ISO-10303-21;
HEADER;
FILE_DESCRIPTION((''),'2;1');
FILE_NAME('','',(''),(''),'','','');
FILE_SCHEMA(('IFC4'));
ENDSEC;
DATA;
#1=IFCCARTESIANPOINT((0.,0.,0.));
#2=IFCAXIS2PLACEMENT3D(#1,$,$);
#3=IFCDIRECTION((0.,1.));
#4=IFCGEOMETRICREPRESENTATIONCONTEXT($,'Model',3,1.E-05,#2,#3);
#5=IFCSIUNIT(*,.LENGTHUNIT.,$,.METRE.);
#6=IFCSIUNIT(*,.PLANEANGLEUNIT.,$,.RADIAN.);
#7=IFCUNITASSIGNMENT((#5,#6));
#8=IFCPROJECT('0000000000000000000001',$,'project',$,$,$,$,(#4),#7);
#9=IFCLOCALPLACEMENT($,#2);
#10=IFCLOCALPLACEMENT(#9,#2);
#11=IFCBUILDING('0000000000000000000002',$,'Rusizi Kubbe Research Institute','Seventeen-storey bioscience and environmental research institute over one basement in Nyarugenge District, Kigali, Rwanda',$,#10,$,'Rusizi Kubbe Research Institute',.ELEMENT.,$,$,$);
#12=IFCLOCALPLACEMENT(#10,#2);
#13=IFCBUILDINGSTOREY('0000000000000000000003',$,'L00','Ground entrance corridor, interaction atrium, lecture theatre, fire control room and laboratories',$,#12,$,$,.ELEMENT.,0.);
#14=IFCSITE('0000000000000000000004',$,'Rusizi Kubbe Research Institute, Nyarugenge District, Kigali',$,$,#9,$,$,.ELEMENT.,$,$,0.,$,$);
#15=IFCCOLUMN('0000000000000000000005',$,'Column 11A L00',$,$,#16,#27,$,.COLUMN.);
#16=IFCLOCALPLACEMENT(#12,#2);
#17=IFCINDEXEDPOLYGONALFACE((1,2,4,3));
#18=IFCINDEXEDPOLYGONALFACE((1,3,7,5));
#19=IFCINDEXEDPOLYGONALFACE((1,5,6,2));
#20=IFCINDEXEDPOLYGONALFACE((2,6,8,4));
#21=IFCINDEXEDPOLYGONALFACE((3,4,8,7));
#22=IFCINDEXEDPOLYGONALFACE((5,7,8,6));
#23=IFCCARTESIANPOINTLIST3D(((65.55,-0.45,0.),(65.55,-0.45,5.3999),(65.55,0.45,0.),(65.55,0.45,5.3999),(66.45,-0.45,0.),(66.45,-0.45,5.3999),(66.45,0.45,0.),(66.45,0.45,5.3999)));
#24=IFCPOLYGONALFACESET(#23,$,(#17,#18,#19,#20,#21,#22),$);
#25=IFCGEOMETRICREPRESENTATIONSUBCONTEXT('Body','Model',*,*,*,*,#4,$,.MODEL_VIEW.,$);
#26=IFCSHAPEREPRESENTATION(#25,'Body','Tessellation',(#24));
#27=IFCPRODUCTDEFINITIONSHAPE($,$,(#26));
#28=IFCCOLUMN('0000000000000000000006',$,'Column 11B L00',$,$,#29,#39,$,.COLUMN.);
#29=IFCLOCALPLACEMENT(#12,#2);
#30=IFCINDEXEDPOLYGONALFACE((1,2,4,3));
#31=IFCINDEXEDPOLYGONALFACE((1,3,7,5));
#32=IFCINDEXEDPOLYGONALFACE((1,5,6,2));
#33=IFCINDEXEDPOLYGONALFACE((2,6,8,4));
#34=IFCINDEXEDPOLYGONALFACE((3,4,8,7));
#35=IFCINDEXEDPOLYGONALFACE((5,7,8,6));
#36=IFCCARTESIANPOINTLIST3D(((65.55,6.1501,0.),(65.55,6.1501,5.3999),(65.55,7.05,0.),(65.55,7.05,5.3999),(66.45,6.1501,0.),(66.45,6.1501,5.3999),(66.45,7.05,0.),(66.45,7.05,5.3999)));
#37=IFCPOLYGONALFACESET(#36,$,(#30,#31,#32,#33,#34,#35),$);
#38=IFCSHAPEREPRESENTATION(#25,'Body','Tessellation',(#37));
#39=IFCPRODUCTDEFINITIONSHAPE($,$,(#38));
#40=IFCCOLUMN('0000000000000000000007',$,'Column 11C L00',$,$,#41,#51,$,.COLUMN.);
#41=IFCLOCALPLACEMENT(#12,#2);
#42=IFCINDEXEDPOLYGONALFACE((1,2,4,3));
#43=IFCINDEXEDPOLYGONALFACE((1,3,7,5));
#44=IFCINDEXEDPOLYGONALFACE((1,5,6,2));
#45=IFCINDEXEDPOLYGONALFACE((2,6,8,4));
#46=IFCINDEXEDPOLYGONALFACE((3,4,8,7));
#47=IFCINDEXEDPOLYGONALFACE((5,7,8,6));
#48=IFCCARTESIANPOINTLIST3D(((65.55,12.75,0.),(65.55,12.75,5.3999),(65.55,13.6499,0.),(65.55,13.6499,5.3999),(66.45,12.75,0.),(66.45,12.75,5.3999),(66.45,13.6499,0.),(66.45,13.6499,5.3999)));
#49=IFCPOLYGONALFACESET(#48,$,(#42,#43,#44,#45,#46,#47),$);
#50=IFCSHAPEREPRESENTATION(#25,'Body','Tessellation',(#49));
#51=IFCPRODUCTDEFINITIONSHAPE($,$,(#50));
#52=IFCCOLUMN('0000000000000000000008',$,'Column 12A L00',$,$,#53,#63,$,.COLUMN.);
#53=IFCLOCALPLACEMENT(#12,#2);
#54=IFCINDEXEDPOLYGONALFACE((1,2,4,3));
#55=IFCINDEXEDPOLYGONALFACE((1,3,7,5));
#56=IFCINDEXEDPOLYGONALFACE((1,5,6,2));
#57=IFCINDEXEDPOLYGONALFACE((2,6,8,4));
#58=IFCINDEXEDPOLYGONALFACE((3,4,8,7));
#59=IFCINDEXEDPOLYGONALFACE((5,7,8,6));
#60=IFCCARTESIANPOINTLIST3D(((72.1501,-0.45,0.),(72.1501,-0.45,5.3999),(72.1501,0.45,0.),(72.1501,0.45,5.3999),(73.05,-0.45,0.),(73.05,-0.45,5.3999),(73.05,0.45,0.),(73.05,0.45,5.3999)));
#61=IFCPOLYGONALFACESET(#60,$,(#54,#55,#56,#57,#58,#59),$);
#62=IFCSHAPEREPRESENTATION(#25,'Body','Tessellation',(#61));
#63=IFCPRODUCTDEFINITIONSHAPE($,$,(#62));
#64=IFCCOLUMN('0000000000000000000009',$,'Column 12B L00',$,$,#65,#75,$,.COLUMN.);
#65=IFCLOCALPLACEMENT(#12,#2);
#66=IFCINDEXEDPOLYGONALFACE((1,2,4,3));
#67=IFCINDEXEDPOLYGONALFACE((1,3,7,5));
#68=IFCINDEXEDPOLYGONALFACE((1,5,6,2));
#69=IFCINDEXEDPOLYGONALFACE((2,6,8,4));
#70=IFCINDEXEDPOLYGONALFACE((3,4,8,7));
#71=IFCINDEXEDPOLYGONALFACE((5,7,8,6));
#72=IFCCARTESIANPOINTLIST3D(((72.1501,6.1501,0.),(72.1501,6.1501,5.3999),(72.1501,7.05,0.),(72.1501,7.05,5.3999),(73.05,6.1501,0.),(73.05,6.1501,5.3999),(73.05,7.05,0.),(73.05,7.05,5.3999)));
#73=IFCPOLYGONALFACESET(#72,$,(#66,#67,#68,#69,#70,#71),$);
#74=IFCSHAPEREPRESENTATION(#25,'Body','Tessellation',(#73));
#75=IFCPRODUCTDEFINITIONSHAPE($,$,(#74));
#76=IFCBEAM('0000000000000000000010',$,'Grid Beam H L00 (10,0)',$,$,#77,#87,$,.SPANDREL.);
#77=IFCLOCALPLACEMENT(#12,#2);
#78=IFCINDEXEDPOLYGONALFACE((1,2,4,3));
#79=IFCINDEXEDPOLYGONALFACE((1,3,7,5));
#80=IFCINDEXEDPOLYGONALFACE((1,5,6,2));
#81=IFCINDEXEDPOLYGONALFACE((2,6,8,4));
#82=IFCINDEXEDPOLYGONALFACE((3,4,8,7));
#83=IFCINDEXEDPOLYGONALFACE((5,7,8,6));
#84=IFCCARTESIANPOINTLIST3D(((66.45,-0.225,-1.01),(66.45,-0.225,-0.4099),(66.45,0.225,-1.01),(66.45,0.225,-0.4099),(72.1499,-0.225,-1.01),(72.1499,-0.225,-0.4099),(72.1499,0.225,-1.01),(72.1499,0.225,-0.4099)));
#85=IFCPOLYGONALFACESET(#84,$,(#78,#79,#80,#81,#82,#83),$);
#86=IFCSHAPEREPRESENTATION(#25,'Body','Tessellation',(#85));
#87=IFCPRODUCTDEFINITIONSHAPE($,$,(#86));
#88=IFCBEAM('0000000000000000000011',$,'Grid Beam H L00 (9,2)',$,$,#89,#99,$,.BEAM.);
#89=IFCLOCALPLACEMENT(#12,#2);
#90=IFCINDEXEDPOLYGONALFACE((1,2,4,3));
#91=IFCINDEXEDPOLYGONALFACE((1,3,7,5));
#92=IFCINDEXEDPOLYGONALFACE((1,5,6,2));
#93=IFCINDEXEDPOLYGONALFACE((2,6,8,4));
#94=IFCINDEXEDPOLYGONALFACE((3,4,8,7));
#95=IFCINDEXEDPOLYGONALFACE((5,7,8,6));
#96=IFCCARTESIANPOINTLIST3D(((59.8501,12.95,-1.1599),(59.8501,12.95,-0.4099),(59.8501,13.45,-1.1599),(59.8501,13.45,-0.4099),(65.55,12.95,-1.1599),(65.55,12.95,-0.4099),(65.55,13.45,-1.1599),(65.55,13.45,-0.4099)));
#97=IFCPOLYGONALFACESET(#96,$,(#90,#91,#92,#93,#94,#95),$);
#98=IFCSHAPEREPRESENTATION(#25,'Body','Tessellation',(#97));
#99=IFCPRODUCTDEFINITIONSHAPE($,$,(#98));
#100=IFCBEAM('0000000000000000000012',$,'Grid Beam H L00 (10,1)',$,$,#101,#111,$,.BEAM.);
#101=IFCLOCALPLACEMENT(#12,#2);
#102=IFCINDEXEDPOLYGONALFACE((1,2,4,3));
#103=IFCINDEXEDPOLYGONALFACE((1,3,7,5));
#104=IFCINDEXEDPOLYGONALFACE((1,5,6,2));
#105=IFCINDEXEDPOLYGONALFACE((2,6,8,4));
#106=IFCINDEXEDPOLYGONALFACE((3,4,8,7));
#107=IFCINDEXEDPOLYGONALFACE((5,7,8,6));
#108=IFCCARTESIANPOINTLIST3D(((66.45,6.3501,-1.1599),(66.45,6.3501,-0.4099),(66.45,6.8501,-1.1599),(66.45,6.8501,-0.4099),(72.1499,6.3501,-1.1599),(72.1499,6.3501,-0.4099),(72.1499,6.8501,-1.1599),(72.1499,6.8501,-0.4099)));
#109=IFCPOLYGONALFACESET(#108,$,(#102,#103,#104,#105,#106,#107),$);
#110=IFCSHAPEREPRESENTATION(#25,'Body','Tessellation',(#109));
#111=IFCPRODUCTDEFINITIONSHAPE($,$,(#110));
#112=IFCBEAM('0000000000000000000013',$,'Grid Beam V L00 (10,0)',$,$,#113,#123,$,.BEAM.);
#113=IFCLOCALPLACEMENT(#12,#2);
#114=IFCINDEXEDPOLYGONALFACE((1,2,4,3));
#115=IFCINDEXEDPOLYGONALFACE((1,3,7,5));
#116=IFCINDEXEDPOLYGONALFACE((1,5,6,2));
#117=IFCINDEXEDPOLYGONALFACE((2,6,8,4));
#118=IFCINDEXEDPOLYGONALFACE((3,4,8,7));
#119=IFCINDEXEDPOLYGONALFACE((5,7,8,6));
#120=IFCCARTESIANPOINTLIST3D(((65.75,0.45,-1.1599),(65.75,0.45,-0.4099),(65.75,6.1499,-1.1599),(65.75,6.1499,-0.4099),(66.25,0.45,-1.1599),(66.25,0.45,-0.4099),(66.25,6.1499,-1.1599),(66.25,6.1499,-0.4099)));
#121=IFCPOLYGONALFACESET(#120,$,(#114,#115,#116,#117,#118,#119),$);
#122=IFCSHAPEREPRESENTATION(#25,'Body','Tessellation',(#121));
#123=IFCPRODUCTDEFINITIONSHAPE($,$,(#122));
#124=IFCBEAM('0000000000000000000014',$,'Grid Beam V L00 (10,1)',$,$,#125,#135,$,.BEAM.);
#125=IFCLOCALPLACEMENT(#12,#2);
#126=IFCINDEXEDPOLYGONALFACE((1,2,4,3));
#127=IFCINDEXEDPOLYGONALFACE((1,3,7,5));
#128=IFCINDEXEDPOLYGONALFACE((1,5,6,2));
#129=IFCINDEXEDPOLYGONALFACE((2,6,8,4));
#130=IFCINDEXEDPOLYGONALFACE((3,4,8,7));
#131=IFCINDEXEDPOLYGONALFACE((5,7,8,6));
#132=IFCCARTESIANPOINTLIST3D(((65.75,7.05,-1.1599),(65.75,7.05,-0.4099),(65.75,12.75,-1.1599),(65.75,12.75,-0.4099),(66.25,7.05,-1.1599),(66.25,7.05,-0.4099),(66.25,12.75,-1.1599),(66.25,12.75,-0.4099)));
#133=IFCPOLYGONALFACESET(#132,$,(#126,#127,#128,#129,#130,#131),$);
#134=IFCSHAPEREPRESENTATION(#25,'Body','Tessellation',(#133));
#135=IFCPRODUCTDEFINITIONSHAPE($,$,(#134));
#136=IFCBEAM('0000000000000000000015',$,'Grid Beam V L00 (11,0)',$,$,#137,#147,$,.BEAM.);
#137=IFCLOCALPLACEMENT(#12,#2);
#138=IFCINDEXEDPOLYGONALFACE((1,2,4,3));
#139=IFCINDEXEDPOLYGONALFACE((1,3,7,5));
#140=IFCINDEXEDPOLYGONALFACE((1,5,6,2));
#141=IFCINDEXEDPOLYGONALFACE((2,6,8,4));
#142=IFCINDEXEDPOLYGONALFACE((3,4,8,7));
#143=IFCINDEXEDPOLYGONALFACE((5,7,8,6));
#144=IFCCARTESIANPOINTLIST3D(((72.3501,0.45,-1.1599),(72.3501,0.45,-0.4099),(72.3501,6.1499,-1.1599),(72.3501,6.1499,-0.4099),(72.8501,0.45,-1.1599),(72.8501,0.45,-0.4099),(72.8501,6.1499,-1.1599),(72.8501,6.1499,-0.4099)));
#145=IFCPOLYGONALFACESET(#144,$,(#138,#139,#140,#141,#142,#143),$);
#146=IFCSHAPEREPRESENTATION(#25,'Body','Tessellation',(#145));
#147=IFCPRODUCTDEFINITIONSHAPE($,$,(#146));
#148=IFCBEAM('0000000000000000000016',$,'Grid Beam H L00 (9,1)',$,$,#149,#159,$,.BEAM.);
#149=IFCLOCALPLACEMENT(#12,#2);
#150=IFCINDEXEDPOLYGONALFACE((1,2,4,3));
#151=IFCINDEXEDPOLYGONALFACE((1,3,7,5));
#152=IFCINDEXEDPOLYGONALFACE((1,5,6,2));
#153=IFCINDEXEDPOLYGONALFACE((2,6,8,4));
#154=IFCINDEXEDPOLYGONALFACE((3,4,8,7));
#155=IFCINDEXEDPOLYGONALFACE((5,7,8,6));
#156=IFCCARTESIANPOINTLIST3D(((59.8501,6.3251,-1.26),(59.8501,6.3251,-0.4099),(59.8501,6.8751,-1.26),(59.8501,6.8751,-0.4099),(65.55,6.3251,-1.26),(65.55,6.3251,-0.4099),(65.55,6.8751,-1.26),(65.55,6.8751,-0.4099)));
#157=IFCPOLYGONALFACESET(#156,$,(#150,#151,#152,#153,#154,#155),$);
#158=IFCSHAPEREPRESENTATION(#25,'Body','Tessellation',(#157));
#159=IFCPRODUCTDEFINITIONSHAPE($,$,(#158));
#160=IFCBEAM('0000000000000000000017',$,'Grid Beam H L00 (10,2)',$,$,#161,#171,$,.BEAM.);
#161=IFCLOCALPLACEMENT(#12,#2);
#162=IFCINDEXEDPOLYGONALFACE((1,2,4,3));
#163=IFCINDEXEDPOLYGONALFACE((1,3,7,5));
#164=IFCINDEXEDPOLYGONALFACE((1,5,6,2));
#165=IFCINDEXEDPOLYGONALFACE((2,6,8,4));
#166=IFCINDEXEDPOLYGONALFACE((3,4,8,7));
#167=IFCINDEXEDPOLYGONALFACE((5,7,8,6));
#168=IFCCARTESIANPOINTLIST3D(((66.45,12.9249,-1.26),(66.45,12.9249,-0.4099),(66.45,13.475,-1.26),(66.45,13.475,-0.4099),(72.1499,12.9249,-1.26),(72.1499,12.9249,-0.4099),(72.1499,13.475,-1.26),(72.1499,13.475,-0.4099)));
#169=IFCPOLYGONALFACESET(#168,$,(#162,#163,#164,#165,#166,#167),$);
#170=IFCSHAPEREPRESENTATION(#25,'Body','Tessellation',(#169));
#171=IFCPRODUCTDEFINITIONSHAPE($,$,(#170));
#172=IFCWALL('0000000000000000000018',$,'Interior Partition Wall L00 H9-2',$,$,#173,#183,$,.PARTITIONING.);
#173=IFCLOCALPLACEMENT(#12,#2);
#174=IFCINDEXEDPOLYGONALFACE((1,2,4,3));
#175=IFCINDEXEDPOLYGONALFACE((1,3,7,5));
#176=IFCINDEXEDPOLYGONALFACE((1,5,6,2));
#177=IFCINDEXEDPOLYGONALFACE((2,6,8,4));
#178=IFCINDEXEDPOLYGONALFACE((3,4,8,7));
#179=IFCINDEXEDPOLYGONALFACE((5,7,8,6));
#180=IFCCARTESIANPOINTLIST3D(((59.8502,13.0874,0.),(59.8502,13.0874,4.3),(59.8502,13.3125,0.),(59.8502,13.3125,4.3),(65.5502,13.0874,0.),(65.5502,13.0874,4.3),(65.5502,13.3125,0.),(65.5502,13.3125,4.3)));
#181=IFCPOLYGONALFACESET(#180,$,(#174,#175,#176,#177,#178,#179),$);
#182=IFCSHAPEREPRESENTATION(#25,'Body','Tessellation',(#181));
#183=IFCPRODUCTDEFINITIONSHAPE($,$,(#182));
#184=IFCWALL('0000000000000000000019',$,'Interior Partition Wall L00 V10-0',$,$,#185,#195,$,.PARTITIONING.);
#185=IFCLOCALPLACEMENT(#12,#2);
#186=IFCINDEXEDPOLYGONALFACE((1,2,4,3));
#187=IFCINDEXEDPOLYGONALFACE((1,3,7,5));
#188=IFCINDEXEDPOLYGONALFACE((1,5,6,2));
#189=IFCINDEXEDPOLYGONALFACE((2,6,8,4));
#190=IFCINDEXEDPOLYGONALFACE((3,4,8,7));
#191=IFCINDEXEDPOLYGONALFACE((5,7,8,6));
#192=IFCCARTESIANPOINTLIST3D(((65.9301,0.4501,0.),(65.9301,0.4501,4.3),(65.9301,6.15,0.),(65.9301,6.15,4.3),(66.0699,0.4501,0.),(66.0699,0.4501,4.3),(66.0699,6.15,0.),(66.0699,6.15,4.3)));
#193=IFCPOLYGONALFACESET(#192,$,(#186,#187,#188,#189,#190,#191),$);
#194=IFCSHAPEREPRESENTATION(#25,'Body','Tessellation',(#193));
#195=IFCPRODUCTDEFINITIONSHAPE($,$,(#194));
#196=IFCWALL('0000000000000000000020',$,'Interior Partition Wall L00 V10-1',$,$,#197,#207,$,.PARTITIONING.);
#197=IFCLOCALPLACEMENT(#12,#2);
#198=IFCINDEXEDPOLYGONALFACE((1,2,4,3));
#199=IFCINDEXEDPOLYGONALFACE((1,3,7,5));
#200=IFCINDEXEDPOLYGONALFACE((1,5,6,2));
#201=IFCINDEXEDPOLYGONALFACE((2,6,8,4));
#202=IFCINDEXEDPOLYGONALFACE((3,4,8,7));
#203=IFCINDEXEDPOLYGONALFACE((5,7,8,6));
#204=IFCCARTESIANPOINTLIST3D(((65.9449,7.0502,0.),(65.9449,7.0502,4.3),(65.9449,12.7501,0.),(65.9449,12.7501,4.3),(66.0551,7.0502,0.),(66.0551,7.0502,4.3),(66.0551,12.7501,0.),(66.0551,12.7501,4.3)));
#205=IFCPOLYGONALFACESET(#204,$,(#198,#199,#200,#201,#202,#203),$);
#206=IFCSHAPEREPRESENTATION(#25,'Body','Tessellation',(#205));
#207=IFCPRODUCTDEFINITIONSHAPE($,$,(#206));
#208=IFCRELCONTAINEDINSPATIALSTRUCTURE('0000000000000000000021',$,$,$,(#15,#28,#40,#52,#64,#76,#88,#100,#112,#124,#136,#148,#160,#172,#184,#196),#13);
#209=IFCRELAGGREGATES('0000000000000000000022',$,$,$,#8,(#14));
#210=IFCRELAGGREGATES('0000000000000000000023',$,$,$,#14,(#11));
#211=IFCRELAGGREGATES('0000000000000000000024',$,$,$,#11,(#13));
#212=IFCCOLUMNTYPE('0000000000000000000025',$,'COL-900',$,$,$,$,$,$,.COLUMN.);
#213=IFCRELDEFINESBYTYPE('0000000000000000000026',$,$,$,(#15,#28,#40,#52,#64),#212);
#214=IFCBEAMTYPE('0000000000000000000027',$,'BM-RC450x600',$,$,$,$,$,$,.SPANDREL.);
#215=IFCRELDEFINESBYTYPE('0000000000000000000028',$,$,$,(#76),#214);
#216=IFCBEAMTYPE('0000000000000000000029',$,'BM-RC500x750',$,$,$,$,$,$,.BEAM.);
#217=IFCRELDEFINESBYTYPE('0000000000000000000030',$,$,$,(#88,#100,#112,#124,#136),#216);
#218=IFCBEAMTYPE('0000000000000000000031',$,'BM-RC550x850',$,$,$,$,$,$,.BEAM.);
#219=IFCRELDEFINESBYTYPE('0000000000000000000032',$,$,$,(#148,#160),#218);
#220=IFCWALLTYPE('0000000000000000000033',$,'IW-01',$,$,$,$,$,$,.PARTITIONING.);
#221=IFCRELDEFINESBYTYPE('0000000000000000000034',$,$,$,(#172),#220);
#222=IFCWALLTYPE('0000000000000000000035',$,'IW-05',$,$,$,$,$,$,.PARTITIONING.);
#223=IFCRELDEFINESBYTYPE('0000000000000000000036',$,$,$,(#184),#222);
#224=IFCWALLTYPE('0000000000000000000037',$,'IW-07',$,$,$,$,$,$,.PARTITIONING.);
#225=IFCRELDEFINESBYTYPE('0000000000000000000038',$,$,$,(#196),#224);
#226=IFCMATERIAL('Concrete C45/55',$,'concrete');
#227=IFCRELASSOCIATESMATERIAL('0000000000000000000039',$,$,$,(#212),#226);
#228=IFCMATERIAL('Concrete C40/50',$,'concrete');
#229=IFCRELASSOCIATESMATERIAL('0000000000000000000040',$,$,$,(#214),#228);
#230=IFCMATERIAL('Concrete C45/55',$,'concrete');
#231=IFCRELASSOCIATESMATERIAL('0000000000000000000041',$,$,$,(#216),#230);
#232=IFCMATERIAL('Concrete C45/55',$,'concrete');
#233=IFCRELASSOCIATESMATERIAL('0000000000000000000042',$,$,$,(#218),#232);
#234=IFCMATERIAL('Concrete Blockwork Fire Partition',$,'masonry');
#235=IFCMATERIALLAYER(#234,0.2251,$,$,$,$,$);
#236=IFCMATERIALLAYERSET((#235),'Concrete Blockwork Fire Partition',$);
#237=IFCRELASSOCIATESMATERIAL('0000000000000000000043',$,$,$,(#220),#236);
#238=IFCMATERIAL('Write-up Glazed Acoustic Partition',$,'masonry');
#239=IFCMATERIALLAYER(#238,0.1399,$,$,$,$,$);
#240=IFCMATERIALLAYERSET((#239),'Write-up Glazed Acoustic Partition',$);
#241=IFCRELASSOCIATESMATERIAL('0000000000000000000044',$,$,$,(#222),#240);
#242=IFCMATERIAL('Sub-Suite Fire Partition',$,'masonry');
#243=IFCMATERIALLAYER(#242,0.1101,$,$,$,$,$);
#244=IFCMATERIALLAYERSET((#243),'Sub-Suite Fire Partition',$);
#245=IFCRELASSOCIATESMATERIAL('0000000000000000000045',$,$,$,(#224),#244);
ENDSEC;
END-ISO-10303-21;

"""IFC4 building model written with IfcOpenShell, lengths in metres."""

from ifc_helpers import new_model, si_unit, direction, frame, frame_2d, origin, origin_2d, place, context, subcontext, project, spatial, rectangle, extrude, material, layer, layer_set, material_profile, profile_set, type_object, element, save


model = new_model("IFC4")

# Units and contexts
model_context = context("Model", 3, precision=1e-05, world=origin(), true_north=direction((0.0, 1.0)))
body_context = subcontext(model_context, "Body", "Model", "MODEL_VIEW")
ifc_project = project(units=[si_unit("LENGTHUNIT", "METRE"), si_unit("PLANEANGLEUNIT", "RADIAN")], contexts=[model_context])

# Site, building, storey
site_placement = place(None, origin())
site = spatial("IfcSite", under=ifc_project, at=site_placement, Name="Rusizi Kubbe Research Institute, Nyarugenge District, Kigali", CompositionType="ELEMENT", RefElevation=0.0)
building_placement = place(site_placement, origin())
building = spatial("IfcBuilding", under=site, at=building_placement, Name="Rusizi Kubbe Research Institute", Description="Seventeen-storey bioscience and environmental research institute over one basement in Nyarugenge District, Kigali, Rwanda", LongName="Rusizi Kubbe Research Institute", CompositionType="ELEMENT")
storey_placement = place(building_placement, origin())
storey = spatial("IfcBuildingStorey", under=building, at=storey_placement, Name="L00", Description="Ground entrance corridor, interaction atrium, lecture theatre, fire control room and laboratories", CompositionType="ELEMENT", Elevation=0.0)

# Columns
ifc_material_1 = material(Name="Concrete C45/55", Category="concrete")
ifc_material_profile_1 = material_profile(ifc_material_1, rectangle(XDim=0.8999, YDim=0.8999, at=origin_2d()), Name="RC900x900")
ifc_profile_set_1 = profile_set([ifc_material_profile_1], Name="Concrete C45/55")
column_type = type_object("IfcColumnType", Name="COL-900", PredefinedType="COLUMN", material=ifc_profile_set_1)
for number, where, z_axis, x_axis, name in (
    (1, (66.0, 0.0, 0.0), (0.0, 0.0, 1.0), (1.0, 0.0, 0.0), "Column 11A L00"),
    (2, (66.0, 6.6001, 0.0), (0.0, 0.0, 1.0), (1.0, 0.0, 0.0), "Column 11B L00"),
    (3, (66.0, 13.2, 0.0), (0.0, 0.0, 1.0), (1.0, 0.0, 0.0), "Column 11C L00"),
    (4, (72.6001, 0.0, 0.0), (0.0, 0.0, 1.0), (1.0, 0.0, 0.0), "Column 12A L00"),
    (5, (72.6001, 6.6001, 0.0), (0.0, 0.0, 1.0), (1.0, 0.0, 0.0), "Column 12B L00"),
):
    element("IfcColumn", number, at=place(storey_placement, frame(where, z_axis=z_axis, x_axis=x_axis)), inside=storey, type_object=column_type, Name=name, PredefinedType="COLUMN", context=body_context, shape_type="SweptSolid", body=[
        extrude(rectangle(XDim=0.8999, YDim=0.8999, at=origin_2d()), origin(), (0.0, 0.0, 1.0), 5.3999),
    ])

# Beams
ifc_material_2 = material(Name="Concrete C40/50", Category="concrete")
ifc_material_profile_2 = material_profile(ifc_material_2, rectangle(XDim=0.45, YDim=0.6001, at=origin_2d()), Name="RC450x600")
ifc_profile_set_2 = profile_set([ifc_material_profile_2], Name="Concrete C40/50")
beam_type_1 = type_object("IfcBeamType", Name="BM-RC450x600", PredefinedType="SPANDREL", material=ifc_profile_set_2)
beam_placement = place(storey_placement, frame((66.45, 0.0, -0.71), z_axis=(1.0, 0.0, 0.0), x_axis=(0.0, 1.0, 0.0)))
element("IfcBeam", 6, at=beam_placement, inside=storey, type_object=beam_type_1, Name="Grid Beam H L00 (10,0)", PredefinedType="SPANDREL", context=body_context, shape_type="SweptSolid", body=[
    extrude(rectangle(XDim=0.45, YDim=0.6001, at=origin_2d()), origin(), (0.0, 0.0, 1.0), 5.7),
])
ifc_material_3 = material(Name="Concrete C45/55", Category="concrete")
ifc_material_profile_3 = material_profile(ifc_material_3, rectangle(XDim=0.5, YDim=0.75, at=origin_2d()), Name="RC500x750B")
ifc_profile_set_3 = profile_set([ifc_material_profile_3], Name="Concrete C45/55")
beam_type_2 = type_object("IfcBeamType", Name="BM-RC500x750", PredefinedType="BEAM", material=ifc_profile_set_3)
for number, where, z_axis, x_axis, name in (
    (7, (59.8501, 13.2, -0.7849), (1.0, 0.0, 0.0), (0.0, 1.0, 0.0), "Grid Beam H L00 (9,2)"),
    (8, (66.45, 6.6001, -0.7849), (1.0, 0.0, 0.0), (0.0, 1.0, 0.0), "Grid Beam H L00 (10,1)"),
    (9, (66.0, 0.45, -0.7849), (0.0, 1.0, 0.0), (-1.0, 0.0, 0.0), "Grid Beam V L00 (10,0)"),
    (10, (66.0, 7.05, -0.7849), (0.0, 1.0, 0.0), (-1.0, 0.0, 0.0), "Grid Beam V L00 (10,1)"),
    (11, (72.6001, 0.45, -0.7849), (0.0, 1.0, 0.0), (-1.0, 0.0, 0.0), "Grid Beam V L00 (11,0)"),
):
    element("IfcBeam", number, at=place(storey_placement, frame(where, z_axis=z_axis, x_axis=x_axis)), inside=storey, type_object=beam_type_2, Name=name, PredefinedType="BEAM", context=body_context, shape_type="SweptSolid", body=[
        extrude(rectangle(XDim=0.5, YDim=0.75, at=origin_2d()), origin(), (0.0, 0.0, 1.0), 5.7),
    ])
ifc_material_4 = material(Name="Concrete C45/55", Category="concrete")
ifc_material_profile_4 = material_profile(ifc_material_4, rectangle(XDim=0.55, YDim=0.8501, at=origin_2d()), Name="RC550x850")
ifc_profile_set_4 = profile_set([ifc_material_profile_4], Name="Concrete C45/55")
beam_type_3 = type_object("IfcBeamType", Name="BM-RC550x850", PredefinedType="BEAM", material=ifc_profile_set_4)
for number, where, z_axis, x_axis, name in (
    (12, (59.8501, 6.6001, -0.835), (1.0, 0.0, 0.0), (0.0, 1.0, 0.0), "Grid Beam H L00 (9,1)"),
    (13, (66.45, 13.2, -0.835), (1.0, 0.0, 0.0), (0.0, 1.0, 0.0), "Grid Beam H L00 (10,2)"),
):
    element("IfcBeam", number, at=place(storey_placement, frame(where, z_axis=z_axis, x_axis=x_axis)), inside=storey, type_object=beam_type_3, Name=name, PredefinedType="BEAM", context=body_context, shape_type="SweptSolid", body=[
        extrude(rectangle(XDim=0.55, YDim=0.8501, at=origin_2d()), origin(), (0.0, 0.0, 1.0), 5.7),
    ])

# Walls
ifc_material_5 = material(Name="Concrete Blockwork Fire Partition", Category="masonry")
ifc_layer_1 = layer(ifc_material_5, 0.2251)
ifc_layer_set_1 = layer_set([ifc_layer_1], Name="Concrete Blockwork Fire Partition")
wall_type_1 = type_object("IfcWallType", Name="IW-01", PredefinedType="PARTITIONING", material=ifc_layer_set_1)
wall_1_placement = place(storey_placement, frame((59.8501, 13.2, 0.0), z_axis=(0.0, 0.0, 1.0), x_axis=(1.0, 0.0, 0.0)))
element("IfcWall", 14, at=wall_1_placement, inside=storey, type_object=wall_type_1, Name="Interior Partition Wall L00 H9-2", PredefinedType="PARTITIONING", context=body_context, shape_type="SweptSolid", body=[
    extrude(rectangle(XDim=5.7, YDim=0.2251, at=frame_2d((2.8501, 0.0))), origin(), (0.0, 0.0, 1.0), 4.3),
])
ifc_material_6 = material(Name="Write-up Glazed Acoustic Partition", Category="masonry")
ifc_layer_2 = layer(ifc_material_6, 0.1399)
ifc_layer_set_2 = layer_set([ifc_layer_2], Name="Write-up Glazed Acoustic Partition")
wall_type_2 = type_object("IfcWallType", Name="IW-05", PredefinedType="PARTITIONING", material=ifc_layer_set_2)
wall_2_placement = place(storey_placement, frame((66.0, 0.45, 0.0), z_axis=(0.0, 0.0, 1.0), x_axis=(0.0, 1.0, 0.0)))
element("IfcWall", 15, at=wall_2_placement, inside=storey, type_object=wall_type_2, Name="Interior Partition Wall L00 V10-0", PredefinedType="PARTITIONING", context=body_context, shape_type="SweptSolid", body=[
    extrude(rectangle(XDim=5.7, YDim=0.1399, at=frame_2d((2.8501, 0.0))), origin(), (0.0, 0.0, 1.0), 4.3),
])
ifc_material_7 = material(Name="Sub-Suite Fire Partition", Category="masonry")
ifc_layer_3 = layer(ifc_material_7, 0.1101)
ifc_layer_set_3 = layer_set([ifc_layer_3], Name="Sub-Suite Fire Partition")
wall_type_3 = type_object("IfcWallType", Name="IW-07", PredefinedType="PARTITIONING", material=ifc_layer_set_3)
for number, where, z_axis, x_axis, name in (
    (16, (66.0, 7.05, 0.0), (0.0, 0.0, 1.0), (0.0, 1.0, 0.0), "Interior Partition Wall L00 V10-1"),
):
    element("IfcWall", number, at=place(storey_placement, frame(where, z_axis=z_axis, x_axis=x_axis)), inside=storey, type_object=wall_type_3, Name=name, PredefinedType="PARTITIONING", context=body_context, shape_type="SweptSolid", body=[
        extrude(rectangle(XDim=5.7, YDim=0.1101, at=frame_2d((2.8501, 0.0))), origin(), (0.0, 0.0, 1.0), 4.3),
    ])

save(model, "model.ifc")
